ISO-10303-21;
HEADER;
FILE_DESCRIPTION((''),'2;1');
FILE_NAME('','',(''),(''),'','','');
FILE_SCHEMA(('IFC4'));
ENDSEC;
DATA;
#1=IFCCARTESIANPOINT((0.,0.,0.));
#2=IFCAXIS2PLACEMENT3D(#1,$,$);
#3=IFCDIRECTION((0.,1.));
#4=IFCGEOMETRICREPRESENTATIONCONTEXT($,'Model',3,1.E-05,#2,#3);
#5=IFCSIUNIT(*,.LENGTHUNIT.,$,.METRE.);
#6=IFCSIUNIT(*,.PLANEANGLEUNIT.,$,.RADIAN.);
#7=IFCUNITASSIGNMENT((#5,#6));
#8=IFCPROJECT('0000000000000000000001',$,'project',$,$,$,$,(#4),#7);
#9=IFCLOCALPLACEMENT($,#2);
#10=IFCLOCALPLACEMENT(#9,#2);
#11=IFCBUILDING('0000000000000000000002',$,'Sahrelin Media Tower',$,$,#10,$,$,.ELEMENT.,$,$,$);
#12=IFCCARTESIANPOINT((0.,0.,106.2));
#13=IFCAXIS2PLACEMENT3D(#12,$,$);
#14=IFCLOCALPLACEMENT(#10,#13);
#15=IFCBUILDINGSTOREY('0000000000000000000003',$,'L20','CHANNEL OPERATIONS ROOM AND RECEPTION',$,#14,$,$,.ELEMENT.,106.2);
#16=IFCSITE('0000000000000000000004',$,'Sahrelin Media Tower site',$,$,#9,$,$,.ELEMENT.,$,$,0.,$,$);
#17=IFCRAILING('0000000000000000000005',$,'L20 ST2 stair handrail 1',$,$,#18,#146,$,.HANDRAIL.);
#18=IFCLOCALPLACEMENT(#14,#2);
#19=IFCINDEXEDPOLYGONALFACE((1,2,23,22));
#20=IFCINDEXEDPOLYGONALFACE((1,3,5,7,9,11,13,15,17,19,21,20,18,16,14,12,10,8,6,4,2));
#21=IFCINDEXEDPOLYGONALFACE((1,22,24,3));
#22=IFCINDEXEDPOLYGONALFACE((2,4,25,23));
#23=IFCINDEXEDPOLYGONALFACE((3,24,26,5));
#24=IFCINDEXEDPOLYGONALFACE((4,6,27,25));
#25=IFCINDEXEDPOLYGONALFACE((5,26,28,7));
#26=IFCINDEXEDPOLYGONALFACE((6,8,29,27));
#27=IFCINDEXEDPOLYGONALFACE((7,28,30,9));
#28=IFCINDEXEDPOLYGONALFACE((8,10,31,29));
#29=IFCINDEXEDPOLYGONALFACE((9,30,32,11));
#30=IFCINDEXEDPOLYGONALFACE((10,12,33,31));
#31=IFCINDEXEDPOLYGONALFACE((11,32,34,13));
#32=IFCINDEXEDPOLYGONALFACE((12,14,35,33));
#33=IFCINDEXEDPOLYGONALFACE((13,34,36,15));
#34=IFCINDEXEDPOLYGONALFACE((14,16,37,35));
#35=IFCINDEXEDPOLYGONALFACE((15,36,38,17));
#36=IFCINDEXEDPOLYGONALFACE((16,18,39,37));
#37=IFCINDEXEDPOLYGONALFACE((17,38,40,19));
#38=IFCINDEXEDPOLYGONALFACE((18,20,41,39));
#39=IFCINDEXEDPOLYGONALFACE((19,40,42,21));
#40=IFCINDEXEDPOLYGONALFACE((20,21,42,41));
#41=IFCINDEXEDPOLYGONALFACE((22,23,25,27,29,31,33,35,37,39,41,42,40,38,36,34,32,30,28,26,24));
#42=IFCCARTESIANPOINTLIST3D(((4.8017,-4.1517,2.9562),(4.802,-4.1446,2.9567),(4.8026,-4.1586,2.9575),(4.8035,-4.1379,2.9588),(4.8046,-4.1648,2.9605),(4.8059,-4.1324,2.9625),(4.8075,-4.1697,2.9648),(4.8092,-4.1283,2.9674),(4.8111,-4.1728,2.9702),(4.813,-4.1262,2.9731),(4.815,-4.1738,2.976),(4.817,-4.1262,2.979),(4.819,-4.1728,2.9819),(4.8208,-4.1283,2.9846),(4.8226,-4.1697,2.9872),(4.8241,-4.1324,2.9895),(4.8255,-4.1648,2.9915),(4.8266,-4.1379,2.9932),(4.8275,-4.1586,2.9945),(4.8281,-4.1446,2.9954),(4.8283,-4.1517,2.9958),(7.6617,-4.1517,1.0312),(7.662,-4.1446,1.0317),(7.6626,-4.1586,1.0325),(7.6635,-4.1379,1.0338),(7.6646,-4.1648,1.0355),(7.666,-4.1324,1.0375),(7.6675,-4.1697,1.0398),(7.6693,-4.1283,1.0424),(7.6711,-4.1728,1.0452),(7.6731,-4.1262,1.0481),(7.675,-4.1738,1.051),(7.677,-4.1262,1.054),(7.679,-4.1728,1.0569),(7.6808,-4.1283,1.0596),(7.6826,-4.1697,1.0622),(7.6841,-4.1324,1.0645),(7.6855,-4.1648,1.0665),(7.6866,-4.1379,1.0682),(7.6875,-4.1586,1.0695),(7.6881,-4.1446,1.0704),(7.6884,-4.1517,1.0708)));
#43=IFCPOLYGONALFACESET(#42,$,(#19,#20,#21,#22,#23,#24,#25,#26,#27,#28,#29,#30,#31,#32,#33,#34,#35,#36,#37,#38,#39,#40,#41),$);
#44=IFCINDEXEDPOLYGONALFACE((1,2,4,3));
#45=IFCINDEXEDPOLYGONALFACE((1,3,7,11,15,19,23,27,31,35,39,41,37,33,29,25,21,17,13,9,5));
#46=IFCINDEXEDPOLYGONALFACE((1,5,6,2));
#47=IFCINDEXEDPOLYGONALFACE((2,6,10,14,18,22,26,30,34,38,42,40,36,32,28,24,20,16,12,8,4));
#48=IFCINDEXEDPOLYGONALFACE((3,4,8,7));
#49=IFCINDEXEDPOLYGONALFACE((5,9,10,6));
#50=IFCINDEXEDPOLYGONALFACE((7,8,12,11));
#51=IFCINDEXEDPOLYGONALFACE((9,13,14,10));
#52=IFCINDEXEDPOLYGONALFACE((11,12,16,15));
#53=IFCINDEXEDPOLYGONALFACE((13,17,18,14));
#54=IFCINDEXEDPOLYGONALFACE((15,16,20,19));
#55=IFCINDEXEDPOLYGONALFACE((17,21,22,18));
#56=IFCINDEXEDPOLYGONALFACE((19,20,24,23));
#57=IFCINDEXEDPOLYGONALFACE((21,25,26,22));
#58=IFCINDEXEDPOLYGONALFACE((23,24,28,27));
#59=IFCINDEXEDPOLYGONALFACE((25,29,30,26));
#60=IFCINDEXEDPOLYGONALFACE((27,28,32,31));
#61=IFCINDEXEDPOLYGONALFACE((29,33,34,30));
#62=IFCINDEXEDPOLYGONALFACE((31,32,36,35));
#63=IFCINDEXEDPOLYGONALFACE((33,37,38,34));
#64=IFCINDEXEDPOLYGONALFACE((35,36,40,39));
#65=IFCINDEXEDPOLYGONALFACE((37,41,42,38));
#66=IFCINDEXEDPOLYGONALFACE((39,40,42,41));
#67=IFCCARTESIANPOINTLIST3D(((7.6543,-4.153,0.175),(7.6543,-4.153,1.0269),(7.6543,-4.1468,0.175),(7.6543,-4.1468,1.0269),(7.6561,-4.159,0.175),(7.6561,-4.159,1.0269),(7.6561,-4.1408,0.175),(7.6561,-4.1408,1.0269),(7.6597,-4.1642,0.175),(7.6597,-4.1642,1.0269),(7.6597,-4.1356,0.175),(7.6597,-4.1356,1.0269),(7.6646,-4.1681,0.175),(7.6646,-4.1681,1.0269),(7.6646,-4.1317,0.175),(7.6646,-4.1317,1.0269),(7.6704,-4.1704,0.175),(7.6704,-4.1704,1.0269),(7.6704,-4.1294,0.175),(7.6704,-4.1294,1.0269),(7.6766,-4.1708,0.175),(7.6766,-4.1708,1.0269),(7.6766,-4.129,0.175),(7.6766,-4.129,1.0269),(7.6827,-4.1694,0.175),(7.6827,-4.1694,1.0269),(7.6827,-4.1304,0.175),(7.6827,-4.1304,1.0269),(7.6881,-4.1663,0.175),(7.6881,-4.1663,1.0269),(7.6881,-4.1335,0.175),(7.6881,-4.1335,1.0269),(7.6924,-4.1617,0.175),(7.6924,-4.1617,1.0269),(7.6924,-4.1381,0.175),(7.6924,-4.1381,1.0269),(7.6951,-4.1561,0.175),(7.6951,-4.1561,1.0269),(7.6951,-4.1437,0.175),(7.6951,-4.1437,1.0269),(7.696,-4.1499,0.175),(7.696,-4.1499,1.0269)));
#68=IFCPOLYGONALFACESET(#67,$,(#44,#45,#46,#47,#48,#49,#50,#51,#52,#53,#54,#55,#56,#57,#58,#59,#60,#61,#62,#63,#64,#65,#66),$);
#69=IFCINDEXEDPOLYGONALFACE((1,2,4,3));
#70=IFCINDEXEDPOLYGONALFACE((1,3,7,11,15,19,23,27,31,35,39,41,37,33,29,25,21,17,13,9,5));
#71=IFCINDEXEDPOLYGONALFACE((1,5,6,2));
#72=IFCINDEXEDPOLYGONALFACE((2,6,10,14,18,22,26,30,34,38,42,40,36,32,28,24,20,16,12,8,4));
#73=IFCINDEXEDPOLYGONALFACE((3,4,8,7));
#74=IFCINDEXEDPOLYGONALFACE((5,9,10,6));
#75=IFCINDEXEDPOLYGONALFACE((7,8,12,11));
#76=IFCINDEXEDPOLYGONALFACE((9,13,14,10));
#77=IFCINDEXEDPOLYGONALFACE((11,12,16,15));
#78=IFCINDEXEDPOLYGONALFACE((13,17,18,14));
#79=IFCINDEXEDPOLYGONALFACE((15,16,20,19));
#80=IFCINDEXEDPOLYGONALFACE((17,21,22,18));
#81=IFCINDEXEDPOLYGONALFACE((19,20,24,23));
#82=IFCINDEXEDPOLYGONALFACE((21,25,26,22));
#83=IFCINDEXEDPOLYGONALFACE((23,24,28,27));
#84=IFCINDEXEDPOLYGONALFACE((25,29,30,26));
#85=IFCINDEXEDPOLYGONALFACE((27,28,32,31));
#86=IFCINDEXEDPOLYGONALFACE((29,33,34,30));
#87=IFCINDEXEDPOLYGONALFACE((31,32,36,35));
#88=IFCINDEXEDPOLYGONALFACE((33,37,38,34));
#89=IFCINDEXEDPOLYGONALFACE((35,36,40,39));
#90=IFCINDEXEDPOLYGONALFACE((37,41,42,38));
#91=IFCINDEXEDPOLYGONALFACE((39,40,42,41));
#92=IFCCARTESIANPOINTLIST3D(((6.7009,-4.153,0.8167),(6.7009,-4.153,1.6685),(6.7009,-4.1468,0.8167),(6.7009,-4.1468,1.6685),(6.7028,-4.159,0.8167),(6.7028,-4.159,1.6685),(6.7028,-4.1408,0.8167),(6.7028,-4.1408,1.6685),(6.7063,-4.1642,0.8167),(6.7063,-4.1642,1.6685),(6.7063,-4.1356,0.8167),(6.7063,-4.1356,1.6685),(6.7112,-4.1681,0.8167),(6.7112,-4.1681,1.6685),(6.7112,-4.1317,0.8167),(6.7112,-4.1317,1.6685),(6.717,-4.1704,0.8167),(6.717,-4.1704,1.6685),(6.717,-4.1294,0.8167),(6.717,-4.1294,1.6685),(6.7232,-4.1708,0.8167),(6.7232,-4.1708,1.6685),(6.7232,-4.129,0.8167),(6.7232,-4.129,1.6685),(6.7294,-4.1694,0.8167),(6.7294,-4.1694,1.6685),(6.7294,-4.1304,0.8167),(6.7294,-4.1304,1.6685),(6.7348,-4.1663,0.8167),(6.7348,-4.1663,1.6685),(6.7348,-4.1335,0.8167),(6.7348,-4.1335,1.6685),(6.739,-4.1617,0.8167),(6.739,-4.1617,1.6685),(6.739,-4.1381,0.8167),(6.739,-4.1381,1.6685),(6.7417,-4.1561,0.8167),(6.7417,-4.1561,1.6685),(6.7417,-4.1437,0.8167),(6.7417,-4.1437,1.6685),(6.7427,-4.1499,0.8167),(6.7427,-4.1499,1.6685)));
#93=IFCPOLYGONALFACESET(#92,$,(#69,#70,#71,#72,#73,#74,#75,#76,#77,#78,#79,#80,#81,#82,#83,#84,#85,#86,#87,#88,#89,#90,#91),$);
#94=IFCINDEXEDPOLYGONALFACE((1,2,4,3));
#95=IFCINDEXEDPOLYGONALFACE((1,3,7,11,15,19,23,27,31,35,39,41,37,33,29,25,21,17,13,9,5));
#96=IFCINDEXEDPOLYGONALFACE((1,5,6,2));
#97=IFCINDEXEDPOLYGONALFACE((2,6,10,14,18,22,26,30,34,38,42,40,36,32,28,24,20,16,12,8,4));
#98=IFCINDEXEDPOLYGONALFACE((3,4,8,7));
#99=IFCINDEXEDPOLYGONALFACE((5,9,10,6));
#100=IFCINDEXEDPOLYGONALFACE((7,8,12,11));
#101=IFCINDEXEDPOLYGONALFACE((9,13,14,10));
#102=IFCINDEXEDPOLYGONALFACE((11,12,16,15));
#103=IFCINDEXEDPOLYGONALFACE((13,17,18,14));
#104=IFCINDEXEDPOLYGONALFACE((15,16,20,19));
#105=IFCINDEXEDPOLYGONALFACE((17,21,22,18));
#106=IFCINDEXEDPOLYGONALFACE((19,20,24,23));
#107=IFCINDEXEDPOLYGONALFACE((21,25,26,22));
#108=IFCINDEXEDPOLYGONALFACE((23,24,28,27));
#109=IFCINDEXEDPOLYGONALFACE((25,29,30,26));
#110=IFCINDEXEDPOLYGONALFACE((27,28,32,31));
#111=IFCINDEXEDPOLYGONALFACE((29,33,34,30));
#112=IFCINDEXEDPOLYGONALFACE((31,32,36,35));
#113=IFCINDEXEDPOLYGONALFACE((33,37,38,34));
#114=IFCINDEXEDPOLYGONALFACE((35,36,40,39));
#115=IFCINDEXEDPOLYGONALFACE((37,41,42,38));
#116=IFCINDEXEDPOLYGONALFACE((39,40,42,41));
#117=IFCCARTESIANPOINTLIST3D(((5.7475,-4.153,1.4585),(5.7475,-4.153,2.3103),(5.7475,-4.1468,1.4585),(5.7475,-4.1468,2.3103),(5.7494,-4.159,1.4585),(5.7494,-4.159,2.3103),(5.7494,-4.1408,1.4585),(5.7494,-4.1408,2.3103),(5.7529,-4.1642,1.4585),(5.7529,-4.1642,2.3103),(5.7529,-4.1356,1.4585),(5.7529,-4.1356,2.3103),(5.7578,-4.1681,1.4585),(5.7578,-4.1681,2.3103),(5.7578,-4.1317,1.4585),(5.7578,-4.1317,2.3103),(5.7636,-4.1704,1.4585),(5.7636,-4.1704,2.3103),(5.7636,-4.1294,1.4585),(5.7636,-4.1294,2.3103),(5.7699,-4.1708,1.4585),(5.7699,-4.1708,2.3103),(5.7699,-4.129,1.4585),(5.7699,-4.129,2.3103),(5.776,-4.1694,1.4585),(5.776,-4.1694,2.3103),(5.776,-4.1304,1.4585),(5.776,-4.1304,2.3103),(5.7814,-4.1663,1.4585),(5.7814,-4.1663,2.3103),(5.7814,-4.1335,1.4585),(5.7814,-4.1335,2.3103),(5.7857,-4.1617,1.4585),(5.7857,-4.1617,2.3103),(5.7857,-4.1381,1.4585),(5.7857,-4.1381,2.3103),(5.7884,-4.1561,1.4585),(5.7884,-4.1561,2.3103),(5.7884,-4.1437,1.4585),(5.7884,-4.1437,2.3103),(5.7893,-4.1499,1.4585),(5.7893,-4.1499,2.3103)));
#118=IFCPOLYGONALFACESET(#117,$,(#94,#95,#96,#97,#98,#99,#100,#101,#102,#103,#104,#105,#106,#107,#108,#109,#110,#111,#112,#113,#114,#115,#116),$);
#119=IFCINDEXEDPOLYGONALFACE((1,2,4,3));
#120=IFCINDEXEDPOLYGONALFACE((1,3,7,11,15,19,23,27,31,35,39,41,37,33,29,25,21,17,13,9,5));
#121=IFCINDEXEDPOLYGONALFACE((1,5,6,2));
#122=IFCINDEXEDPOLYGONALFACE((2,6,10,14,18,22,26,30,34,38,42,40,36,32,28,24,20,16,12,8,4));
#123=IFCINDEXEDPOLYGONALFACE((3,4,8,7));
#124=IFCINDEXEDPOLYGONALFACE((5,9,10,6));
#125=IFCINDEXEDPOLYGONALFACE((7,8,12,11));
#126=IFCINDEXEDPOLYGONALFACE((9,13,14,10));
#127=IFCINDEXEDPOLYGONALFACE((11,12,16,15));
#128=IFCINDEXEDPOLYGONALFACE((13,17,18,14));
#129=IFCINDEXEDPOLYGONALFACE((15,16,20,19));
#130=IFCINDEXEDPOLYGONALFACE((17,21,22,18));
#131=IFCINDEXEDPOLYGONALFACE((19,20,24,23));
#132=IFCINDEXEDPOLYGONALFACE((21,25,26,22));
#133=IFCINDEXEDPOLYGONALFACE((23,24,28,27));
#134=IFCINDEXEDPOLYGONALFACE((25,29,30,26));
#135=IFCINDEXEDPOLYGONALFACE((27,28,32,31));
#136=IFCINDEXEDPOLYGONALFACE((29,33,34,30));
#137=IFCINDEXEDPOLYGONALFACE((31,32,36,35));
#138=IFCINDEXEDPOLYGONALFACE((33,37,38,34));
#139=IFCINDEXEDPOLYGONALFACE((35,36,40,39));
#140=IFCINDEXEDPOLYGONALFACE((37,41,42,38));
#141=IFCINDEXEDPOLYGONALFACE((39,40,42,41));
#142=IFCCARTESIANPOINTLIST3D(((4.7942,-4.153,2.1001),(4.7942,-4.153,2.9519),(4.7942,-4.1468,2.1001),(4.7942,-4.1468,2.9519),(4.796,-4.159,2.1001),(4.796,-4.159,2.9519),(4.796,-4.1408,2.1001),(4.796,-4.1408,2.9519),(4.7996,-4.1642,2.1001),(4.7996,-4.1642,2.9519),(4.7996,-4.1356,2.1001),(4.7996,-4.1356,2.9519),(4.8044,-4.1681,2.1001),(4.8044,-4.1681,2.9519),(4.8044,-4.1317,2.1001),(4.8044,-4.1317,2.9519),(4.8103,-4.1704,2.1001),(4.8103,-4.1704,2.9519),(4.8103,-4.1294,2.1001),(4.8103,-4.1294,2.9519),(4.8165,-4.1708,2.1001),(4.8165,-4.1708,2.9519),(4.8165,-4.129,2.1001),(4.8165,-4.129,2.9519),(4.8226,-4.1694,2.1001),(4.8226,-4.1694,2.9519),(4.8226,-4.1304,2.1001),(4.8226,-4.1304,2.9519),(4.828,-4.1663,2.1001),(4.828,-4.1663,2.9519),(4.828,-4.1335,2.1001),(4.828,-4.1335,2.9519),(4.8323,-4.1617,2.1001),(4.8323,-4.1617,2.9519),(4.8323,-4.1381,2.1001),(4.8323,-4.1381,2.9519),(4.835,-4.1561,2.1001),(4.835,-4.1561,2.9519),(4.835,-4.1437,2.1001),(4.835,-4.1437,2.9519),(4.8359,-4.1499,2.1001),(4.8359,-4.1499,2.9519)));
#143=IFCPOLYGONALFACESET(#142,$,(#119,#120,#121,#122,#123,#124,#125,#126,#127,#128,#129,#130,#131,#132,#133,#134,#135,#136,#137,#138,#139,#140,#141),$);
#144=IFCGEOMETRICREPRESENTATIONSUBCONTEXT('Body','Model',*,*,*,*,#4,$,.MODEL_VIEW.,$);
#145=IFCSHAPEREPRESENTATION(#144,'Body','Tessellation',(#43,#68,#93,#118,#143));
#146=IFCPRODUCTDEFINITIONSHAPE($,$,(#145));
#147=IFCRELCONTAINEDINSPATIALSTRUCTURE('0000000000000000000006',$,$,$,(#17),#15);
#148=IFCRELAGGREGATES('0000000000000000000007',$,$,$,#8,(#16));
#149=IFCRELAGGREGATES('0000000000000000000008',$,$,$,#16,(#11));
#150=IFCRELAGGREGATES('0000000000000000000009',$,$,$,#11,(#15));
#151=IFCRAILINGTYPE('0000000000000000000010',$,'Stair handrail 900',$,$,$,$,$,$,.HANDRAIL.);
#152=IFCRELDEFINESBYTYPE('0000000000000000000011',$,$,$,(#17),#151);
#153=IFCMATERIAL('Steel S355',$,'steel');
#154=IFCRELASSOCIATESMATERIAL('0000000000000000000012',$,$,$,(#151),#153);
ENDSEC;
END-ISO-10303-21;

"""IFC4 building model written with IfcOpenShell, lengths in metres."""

from ifc_helpers import new_model, si_unit, direction, frame, origin, origin_2d, place, context, subcontext, project, spatial, circle, extrude, material, type_object, element, save


model = new_model("IFC4")

# Units and contexts
model_context = context("Model", 3, precision=1e-05, world=origin(), true_north=direction((0.0, 1.0)))
body_context = subcontext(model_context, "Body", "Model", "MODEL_VIEW")
ifc_project = project(units=[si_unit("LENGTHUNIT", "METRE"), si_unit("PLANEANGLEUNIT", "RADIAN")], contexts=[model_context])

# Site, building, storey
site_placement = place(None, origin())
site = spatial("IfcSite", under=ifc_project, at=site_placement, Name="Sahrelin Media Tower site", CompositionType="ELEMENT", RefElevation=0.0)
building_placement = place(site_placement, origin())
building = spatial("IfcBuilding", under=site, at=building_placement, Name="Sahrelin Media Tower", CompositionType="ELEMENT")
storey_placement = place(building_placement, frame((0.0, 0.0, 106.2)))
storey = spatial("IfcBuildingStorey", under=building, at=storey_placement, Name="L20", Description="CHANNEL OPERATIONS ROOM AND RECEPTION", CompositionType="ELEMENT", Elevation=106.2)

# Shared definitions
ifc_material_1 = material(Name="Steel S355", Category="steel")

# Railing
railing_type_1 = type_object("IfcRailingType", Name="Stair handrail 900", PredefinedType="HANDRAIL", material=ifc_material_1)
railing_1_placement = place(storey_placement, frame((7.675, -4.1499, 0.175)))
element("IfcRailing", 1, at=railing_1_placement, inside=storey, type_object=railing_type_1, Name="L20 ST2 stair handrail 1", PredefinedType="HANDRAIL", context=body_context, shape_type="SweptSolid", body=[
    extrude(circle(Radius=0.0239, at=origin_2d()), frame((0.0, 0.0, 0.876), z_axis=(-0.829591, 0.0, 0.558372), x_axis=(0.0, -1.0, 0.0)), (0.0, 0.0, 1.0), 3.4475),
    extrude(circle(Radius=0.021, at=origin_2d()), origin(), (0.0, 0.0, 1.0), 0.8518),
    extrude(circle(Radius=0.021, at=origin_2d()), frame((-0.9534, 0.0, 0.6416)), (0.0, 0.0, 1.0), 0.8518),
    extrude(circle(Radius=0.021, at=origin_2d()), frame((-1.9067, 0.0, 1.2834)), (0.0, 0.0, 1.0), 0.8518),
    extrude(circle(Radius=0.021, at=origin_2d()), frame((-2.8601, 0.0, 1.925)), (0.0, 0.0, 1.0), 0.8518),
])

save(model, "model.ifc")
